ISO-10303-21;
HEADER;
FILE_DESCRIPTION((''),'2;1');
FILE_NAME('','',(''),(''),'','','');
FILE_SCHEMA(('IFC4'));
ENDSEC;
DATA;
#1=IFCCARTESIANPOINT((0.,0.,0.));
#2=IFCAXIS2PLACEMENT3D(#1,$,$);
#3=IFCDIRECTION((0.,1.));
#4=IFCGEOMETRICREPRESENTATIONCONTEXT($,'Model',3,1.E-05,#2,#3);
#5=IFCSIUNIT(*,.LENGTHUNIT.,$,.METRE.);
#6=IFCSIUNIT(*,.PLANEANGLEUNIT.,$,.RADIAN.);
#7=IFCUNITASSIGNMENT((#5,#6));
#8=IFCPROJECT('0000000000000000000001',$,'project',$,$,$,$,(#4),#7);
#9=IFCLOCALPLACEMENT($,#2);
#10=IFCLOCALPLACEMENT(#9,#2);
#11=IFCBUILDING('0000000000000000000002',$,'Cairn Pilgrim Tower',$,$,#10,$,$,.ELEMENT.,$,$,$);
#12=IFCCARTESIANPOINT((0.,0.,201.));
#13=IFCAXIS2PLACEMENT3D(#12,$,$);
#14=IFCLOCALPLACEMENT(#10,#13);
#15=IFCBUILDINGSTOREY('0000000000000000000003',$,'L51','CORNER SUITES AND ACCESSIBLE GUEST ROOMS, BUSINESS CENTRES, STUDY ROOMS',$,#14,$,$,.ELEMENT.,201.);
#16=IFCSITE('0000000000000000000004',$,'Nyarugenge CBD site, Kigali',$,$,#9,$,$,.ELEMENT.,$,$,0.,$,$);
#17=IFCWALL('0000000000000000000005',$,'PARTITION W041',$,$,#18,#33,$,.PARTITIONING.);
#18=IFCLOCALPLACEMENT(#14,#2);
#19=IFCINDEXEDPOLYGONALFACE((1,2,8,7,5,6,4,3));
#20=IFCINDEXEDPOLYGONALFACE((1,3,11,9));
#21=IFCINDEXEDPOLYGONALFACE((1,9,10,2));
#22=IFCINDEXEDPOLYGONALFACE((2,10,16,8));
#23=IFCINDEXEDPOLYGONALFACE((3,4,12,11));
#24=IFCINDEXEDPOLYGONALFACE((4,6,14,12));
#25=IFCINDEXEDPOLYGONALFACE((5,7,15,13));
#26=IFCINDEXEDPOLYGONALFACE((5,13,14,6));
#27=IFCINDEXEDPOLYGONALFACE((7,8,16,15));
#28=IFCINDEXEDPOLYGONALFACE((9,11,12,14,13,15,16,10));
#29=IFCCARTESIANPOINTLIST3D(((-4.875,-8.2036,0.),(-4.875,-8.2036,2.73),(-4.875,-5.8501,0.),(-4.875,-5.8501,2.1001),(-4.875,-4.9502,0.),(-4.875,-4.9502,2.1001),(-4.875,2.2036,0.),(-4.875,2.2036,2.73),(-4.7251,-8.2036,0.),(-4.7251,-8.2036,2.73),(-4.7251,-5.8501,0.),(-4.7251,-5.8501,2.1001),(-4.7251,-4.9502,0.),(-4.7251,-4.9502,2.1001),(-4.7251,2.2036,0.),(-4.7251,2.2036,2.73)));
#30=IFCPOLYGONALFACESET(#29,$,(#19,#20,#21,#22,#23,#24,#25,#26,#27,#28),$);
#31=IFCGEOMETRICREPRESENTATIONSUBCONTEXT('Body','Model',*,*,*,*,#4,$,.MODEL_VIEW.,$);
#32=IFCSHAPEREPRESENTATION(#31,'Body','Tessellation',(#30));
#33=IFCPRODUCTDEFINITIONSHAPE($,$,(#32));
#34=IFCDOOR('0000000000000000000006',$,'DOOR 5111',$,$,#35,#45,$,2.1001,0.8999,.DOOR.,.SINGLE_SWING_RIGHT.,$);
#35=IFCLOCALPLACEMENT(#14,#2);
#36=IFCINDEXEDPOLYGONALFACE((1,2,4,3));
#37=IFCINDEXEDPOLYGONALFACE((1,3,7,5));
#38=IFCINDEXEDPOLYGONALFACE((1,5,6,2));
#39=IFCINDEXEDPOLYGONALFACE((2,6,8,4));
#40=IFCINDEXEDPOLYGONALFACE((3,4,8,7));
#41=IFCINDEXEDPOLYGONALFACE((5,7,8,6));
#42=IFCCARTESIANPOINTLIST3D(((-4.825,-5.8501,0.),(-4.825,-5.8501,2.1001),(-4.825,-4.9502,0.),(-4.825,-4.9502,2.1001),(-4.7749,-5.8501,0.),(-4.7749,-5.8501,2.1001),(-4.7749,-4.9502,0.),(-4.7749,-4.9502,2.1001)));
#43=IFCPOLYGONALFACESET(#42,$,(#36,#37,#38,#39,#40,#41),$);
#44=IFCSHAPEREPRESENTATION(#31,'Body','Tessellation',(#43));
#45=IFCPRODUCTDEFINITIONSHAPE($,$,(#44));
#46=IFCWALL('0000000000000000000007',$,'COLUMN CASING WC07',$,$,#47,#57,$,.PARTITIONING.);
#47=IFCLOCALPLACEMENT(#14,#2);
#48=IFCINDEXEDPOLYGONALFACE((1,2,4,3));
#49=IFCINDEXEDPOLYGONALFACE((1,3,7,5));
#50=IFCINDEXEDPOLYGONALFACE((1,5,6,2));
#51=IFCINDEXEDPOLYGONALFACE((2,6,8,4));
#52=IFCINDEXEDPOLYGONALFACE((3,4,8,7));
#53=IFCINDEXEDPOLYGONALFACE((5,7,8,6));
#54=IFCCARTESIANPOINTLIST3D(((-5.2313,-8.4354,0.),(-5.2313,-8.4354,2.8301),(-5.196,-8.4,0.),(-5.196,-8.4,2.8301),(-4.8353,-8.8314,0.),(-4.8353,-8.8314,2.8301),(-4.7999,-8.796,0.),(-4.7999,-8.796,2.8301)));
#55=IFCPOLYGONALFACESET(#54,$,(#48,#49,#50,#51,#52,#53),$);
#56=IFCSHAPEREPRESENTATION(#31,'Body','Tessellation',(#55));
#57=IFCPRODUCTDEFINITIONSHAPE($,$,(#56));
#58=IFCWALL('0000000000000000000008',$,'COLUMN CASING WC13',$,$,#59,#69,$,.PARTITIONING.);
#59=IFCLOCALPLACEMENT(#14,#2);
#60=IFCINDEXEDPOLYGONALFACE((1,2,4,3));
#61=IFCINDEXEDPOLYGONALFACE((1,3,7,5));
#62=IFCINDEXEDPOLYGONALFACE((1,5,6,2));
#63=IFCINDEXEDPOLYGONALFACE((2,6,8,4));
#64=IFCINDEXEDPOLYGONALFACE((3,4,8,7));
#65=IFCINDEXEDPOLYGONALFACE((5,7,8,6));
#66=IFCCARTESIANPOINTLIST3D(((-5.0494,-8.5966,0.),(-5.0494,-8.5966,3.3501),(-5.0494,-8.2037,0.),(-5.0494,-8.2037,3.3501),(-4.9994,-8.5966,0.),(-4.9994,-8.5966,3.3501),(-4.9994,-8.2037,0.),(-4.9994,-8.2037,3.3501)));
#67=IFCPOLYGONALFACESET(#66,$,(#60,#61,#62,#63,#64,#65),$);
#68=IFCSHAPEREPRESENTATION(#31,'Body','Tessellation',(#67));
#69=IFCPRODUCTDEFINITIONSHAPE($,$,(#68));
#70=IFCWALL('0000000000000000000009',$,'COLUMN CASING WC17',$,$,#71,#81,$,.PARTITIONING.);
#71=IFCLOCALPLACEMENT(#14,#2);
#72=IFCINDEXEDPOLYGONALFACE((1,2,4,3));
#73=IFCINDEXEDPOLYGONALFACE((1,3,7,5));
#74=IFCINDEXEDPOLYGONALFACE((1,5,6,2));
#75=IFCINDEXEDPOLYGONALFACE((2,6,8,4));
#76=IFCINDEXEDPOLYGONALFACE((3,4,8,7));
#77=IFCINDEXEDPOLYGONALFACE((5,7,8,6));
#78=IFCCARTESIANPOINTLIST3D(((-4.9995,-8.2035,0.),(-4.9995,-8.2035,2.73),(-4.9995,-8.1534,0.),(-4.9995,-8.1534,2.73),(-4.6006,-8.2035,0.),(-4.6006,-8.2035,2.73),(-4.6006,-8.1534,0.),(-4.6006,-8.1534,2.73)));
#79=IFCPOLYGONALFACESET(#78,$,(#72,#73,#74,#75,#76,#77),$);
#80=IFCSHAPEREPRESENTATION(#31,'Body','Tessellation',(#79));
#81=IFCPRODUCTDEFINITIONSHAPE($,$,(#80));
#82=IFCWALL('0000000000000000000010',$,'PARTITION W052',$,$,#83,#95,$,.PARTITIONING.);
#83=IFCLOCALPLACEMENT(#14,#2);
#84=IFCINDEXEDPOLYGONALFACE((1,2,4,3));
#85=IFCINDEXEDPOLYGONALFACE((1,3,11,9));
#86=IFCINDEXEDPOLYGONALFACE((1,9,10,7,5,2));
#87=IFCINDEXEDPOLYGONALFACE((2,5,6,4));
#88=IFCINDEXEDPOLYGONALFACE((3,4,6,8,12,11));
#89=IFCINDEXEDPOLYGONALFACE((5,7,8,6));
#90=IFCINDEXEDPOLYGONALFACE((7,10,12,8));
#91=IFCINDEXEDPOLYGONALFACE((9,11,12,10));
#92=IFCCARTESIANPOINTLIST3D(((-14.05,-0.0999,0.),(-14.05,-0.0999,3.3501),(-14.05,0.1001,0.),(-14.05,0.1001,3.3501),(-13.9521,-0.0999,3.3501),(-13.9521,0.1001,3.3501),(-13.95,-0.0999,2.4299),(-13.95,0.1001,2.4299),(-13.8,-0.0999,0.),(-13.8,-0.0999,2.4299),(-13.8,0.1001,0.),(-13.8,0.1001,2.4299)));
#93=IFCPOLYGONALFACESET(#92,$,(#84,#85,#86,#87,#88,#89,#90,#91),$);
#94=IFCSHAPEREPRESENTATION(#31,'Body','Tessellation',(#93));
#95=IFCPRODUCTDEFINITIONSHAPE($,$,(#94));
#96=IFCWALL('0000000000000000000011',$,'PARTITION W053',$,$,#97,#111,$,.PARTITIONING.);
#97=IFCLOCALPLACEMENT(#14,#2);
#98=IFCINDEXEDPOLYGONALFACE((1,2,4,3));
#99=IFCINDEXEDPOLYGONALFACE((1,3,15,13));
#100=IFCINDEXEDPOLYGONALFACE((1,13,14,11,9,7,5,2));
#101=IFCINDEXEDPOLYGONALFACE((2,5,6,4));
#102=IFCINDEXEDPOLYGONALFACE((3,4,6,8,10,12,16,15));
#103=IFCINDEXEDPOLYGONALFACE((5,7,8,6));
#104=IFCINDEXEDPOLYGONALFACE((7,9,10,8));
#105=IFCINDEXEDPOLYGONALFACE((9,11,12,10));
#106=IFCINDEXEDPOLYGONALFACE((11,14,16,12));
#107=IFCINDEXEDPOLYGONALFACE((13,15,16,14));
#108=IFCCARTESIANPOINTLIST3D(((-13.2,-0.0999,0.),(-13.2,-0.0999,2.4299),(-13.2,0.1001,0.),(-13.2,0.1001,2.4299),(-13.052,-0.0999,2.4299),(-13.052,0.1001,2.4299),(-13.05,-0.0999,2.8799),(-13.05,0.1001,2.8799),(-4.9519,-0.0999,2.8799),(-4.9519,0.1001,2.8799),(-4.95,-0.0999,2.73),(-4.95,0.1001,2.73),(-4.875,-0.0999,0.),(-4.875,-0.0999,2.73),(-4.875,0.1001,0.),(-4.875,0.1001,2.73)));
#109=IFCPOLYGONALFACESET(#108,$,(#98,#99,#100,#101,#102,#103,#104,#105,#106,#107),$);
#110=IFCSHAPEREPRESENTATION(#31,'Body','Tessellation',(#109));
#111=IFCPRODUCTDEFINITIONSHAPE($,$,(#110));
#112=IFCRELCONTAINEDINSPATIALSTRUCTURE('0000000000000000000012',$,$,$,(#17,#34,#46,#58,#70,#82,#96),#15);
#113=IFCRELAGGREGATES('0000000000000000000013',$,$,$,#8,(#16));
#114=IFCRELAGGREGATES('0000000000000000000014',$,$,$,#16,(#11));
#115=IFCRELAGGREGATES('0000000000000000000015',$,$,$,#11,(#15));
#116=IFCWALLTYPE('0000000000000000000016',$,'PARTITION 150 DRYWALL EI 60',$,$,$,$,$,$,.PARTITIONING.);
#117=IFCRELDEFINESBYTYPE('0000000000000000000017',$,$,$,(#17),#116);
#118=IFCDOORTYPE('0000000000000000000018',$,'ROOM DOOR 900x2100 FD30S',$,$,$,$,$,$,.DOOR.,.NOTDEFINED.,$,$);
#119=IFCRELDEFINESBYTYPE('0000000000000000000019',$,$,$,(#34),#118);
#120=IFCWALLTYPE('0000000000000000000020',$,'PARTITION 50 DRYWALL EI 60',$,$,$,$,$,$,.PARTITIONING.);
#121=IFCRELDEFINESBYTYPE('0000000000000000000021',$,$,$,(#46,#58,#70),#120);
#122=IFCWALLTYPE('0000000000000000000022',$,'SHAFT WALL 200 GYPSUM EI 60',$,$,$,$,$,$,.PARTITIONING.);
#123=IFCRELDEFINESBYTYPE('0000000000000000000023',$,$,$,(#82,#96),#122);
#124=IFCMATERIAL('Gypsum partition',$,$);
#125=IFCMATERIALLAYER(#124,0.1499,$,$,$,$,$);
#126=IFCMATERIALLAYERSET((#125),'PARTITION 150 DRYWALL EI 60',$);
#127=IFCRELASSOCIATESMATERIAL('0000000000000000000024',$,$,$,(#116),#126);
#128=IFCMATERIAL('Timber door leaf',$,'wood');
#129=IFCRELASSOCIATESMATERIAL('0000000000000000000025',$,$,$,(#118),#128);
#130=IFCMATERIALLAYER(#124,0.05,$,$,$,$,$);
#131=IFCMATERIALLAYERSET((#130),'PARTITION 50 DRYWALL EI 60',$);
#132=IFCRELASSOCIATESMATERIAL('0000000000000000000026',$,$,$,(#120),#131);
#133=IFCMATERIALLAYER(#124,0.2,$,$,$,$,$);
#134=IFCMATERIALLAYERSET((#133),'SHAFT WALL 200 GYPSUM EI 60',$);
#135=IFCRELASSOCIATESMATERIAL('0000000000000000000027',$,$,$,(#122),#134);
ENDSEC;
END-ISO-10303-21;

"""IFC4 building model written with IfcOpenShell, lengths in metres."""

from ifc_helpers import new_model, si_unit, direction, frame, frame_2d, origin, place, context, subcontext, project, spatial, polyline, rectangle, outline, extrude, material, layer, layer_set, type_object, element, fill, save


model = new_model("IFC4")

# Units and contexts
model_context = context("Model", 3, precision=1e-05, world=origin(), true_north=direction((0.0, 1.0)))
body_context = subcontext(model_context, "Body", "Model", "MODEL_VIEW")
ifc_project = project(units=[si_unit("LENGTHUNIT", "METRE"), si_unit("PLANEANGLEUNIT", "RADIAN")], contexts=[model_context])

# Site, building, storey
site_placement = place(None, origin())
site = spatial("IfcSite", under=ifc_project, at=site_placement, Name="Nyarugenge CBD site, Kigali", CompositionType="ELEMENT", RefElevation=0.0)
building_placement = place(site_placement, origin())
building = spatial("IfcBuilding", under=site, at=building_placement, Name="Cairn Pilgrim Tower", CompositionType="ELEMENT")
storey_placement = place(building_placement, frame((0.0, 0.0, 201.0)))
storey = spatial("IfcBuildingStorey", under=building, at=storey_placement, Name="L51", Description="CORNER SUITES AND ACCESSIBLE GUEST ROOMS, BUSINESS CENTRES, STUDY ROOMS", CompositionType="ELEMENT", Elevation=201.0)

# Shared definitions
ifc_material_1 = material(Name="Gypsum partition")
ifc_material_2 = material(Name="Timber door leaf", Category="wood")

# Shared definitions
ifc_layer_1 = layer(ifc_material_1, 0.1499)
ifc_layer_set_1 = layer_set([ifc_layer_1], Name="PARTITION 150 DRYWALL EI 60")
wall_type_1 = type_object("IfcWallType", Name="PARTITION 150 DRYWALL EI 60", PredefinedType="PARTITIONING", material=ifc_layer_set_1)

# Wall, opening, door
wall_1_placement = place(storey_placement, frame((-4.8, -8.2036, 0.0), z_axis=(0.0, 0.0, 1.0), x_axis=(0.0, 1.0, 0.0)))
wall_1 = element("IfcWall", 1, at=wall_1_placement, inside=storey, type_object=wall_type_1, Name="PARTITION W041", PredefinedType="PARTITIONING", context=body_context, shape_type="SweptSolid", body=[
    extrude(rectangle(XDim=10.4072, YDim=0.1499, at=frame_2d((5.2036, 0.0))), origin(), (0.0, 0.0, 1.0), 2.73),
])
opening_1_placement = place(wall_1_placement, frame((2.3535, 0.0, 0.0)))
opening_1 = element("IfcOpeningElement", 2, at=opening_1_placement, cuts=wall_1, PredefinedType="OPENING", context=body_context, shape_type="SweptSolid", body=[
    extrude(rectangle(XDim=0.8999, YDim=2.1001, at=frame_2d((0.45, 1.05))), frame((0.0, 0.085, 0.0), z_axis=(0.0, -1.0, 0.0), x_axis=(1.0, 0.0, 0.0)), (0.0, 0.0, 1.0), 0.1699),
])
door_type_1 = type_object("IfcDoorType", Name="ROOM DOOR 900x2100 FD30S", OperationType="NOTDEFINED", PredefinedType="DOOR", material=ifc_material_2)
door_1_placement = place(opening_1_placement, origin())
door_1 = element("IfcDoor", 3, at=door_1_placement, inside=storey, type_object=door_type_1, Name="DOOR 5111", OperationType="SINGLE_SWING_RIGHT", OverallHeight=2.1001, OverallWidth=0.8999, PredefinedType="DOOR", context=body_context, shape_type="SweptSolid", body=[
    extrude(rectangle(XDim=0.8999, YDim=2.1001, at=frame_2d((0.45, 1.05))), frame((0.0, 0.0249, 0.0), z_axis=(0.0, -1.0, 0.0), x_axis=(1.0, 0.0, 0.0)), (0.0, 0.0, 1.0), 0.05),
])
fill(opening_1, door_1)

# Walls
ifc_layer_2 = layer(ifc_material_1, 0.05)
ifc_layer_set_2 = layer_set([ifc_layer_2], Name="PARTITION 50 DRYWALL EI 60")
wall_type_2 = type_object("IfcWallType", Name="PARTITION 50 DRYWALL EI 60", PredefinedType="PARTITIONING", material=ifc_layer_set_2)
wall_2_placement = place(storey_placement, frame((-4.8176, -8.8137, 0.0), z_axis=(0.0, 0.0, 1.0), x_axis=(-0.707107, 0.707107, 0.0)))
element("IfcWall", 4, at=wall_2_placement, inside=storey, type_object=wall_type_2, Name="COLUMN CASING WC07", PredefinedType="PARTITIONING", context=body_context, shape_type="SweptSolid", body=[
    extrude(rectangle(XDim=0.5601, YDim=0.05, at=frame_2d((0.28, 0.0))), origin(), (0.0, 0.0, 1.0), 2.8301),
])
wall_3_placement = place(storey_placement, frame((-5.0244, -8.5964, 0.0), z_axis=(0.0, 0.0, 1.0), x_axis=(0.0, 1.0, 0.0)))
element("IfcWall", 5, at=wall_3_placement, inside=storey, type_object=wall_type_2, Name="COLUMN CASING WC13", PredefinedType="PARTITIONING", context=body_context, shape_type="SweptSolid", body=[
    extrude(rectangle(XDim=0.3928, YDim=0.05, at=frame_2d((0.1963, 0.0))), origin(), (0.0, 0.0, 1.0), 3.3501),
])
wall_4_placement = place(storey_placement, frame((-4.9995, -8.1785, 0.0), z_axis=(0.0, 0.0, 1.0), x_axis=(1.0, 0.0, 0.0)))
element("IfcWall", 6, at=wall_4_placement, inside=storey, type_object=wall_type_2, Name="COLUMN CASING WC17", PredefinedType="PARTITIONING", context=body_context, shape_type="SweptSolid", body=[
    extrude(rectangle(XDim=0.3989, YDim=0.05, at=frame_2d((0.1995, 0.0))), origin(), (0.0, 0.0, 1.0), 2.73),
])
ifc_layer_3 = layer(ifc_material_1, 0.2)
ifc_layer_set_3 = layer_set([ifc_layer_3], Name="SHAFT WALL 200 GYPSUM EI 60")
wall_type_3 = type_object("IfcWallType", Name="SHAFT WALL 200 GYPSUM EI 60", PredefinedType="PARTITIONING", material=ifc_layer_set_3)
wall_5_placement = place(storey_placement, frame((-14.05, 0.0, 0.0), z_axis=(0.0, 0.0, 1.0), x_axis=(1.0, 0.0, 0.0)))
element("IfcWall", 7, at=wall_5_placement, inside=storey, type_object=wall_type_3, Name="PARTITION W052", PredefinedType="PARTITIONING", context=body_context, shape_type="SweptSolid", body=[
    extrude(outline(polyline([(0.0, 0.0), (0.25, 0.0), (0.25, 2.4299), (0.1001, 2.4299), (0.0979, 3.3501), (0.0, 3.3501), (0.0, 0.0)])), frame((0.0, 0.1001, 0.0), z_axis=(0.0, -1.0, 0.0), x_axis=(1.0, 0.0, 0.0)), (0.0, 0.0, 1.0), 0.2),
])
wall_6_placement = place(storey_placement, frame((-13.2, 0.0, 0.0), z_axis=(0.0, 0.0, 1.0), x_axis=(1.0, 0.0, 0.0)))
element("IfcWall", 8, at=wall_6_placement, inside=storey, type_object=wall_type_3, Name="PARTITION W053", PredefinedType="PARTITIONING", context=body_context, shape_type="SweptSolid", body=[
    extrude(outline(polyline([(0.0, 0.0), (8.325, 0.0), (8.325, 2.73), (8.25, 2.73), (8.248, 2.8799), (0.1499, 2.8799), (0.1479, 2.4299), (0.0, 2.4299), (0.0, 0.0)])), frame((0.0, 0.1001, 0.0), z_axis=(0.0, -1.0, 0.0), x_axis=(1.0, 0.0, 0.0)), (0.0, 0.0, 1.0), 0.2),
])

save(model, "model.ifc")
